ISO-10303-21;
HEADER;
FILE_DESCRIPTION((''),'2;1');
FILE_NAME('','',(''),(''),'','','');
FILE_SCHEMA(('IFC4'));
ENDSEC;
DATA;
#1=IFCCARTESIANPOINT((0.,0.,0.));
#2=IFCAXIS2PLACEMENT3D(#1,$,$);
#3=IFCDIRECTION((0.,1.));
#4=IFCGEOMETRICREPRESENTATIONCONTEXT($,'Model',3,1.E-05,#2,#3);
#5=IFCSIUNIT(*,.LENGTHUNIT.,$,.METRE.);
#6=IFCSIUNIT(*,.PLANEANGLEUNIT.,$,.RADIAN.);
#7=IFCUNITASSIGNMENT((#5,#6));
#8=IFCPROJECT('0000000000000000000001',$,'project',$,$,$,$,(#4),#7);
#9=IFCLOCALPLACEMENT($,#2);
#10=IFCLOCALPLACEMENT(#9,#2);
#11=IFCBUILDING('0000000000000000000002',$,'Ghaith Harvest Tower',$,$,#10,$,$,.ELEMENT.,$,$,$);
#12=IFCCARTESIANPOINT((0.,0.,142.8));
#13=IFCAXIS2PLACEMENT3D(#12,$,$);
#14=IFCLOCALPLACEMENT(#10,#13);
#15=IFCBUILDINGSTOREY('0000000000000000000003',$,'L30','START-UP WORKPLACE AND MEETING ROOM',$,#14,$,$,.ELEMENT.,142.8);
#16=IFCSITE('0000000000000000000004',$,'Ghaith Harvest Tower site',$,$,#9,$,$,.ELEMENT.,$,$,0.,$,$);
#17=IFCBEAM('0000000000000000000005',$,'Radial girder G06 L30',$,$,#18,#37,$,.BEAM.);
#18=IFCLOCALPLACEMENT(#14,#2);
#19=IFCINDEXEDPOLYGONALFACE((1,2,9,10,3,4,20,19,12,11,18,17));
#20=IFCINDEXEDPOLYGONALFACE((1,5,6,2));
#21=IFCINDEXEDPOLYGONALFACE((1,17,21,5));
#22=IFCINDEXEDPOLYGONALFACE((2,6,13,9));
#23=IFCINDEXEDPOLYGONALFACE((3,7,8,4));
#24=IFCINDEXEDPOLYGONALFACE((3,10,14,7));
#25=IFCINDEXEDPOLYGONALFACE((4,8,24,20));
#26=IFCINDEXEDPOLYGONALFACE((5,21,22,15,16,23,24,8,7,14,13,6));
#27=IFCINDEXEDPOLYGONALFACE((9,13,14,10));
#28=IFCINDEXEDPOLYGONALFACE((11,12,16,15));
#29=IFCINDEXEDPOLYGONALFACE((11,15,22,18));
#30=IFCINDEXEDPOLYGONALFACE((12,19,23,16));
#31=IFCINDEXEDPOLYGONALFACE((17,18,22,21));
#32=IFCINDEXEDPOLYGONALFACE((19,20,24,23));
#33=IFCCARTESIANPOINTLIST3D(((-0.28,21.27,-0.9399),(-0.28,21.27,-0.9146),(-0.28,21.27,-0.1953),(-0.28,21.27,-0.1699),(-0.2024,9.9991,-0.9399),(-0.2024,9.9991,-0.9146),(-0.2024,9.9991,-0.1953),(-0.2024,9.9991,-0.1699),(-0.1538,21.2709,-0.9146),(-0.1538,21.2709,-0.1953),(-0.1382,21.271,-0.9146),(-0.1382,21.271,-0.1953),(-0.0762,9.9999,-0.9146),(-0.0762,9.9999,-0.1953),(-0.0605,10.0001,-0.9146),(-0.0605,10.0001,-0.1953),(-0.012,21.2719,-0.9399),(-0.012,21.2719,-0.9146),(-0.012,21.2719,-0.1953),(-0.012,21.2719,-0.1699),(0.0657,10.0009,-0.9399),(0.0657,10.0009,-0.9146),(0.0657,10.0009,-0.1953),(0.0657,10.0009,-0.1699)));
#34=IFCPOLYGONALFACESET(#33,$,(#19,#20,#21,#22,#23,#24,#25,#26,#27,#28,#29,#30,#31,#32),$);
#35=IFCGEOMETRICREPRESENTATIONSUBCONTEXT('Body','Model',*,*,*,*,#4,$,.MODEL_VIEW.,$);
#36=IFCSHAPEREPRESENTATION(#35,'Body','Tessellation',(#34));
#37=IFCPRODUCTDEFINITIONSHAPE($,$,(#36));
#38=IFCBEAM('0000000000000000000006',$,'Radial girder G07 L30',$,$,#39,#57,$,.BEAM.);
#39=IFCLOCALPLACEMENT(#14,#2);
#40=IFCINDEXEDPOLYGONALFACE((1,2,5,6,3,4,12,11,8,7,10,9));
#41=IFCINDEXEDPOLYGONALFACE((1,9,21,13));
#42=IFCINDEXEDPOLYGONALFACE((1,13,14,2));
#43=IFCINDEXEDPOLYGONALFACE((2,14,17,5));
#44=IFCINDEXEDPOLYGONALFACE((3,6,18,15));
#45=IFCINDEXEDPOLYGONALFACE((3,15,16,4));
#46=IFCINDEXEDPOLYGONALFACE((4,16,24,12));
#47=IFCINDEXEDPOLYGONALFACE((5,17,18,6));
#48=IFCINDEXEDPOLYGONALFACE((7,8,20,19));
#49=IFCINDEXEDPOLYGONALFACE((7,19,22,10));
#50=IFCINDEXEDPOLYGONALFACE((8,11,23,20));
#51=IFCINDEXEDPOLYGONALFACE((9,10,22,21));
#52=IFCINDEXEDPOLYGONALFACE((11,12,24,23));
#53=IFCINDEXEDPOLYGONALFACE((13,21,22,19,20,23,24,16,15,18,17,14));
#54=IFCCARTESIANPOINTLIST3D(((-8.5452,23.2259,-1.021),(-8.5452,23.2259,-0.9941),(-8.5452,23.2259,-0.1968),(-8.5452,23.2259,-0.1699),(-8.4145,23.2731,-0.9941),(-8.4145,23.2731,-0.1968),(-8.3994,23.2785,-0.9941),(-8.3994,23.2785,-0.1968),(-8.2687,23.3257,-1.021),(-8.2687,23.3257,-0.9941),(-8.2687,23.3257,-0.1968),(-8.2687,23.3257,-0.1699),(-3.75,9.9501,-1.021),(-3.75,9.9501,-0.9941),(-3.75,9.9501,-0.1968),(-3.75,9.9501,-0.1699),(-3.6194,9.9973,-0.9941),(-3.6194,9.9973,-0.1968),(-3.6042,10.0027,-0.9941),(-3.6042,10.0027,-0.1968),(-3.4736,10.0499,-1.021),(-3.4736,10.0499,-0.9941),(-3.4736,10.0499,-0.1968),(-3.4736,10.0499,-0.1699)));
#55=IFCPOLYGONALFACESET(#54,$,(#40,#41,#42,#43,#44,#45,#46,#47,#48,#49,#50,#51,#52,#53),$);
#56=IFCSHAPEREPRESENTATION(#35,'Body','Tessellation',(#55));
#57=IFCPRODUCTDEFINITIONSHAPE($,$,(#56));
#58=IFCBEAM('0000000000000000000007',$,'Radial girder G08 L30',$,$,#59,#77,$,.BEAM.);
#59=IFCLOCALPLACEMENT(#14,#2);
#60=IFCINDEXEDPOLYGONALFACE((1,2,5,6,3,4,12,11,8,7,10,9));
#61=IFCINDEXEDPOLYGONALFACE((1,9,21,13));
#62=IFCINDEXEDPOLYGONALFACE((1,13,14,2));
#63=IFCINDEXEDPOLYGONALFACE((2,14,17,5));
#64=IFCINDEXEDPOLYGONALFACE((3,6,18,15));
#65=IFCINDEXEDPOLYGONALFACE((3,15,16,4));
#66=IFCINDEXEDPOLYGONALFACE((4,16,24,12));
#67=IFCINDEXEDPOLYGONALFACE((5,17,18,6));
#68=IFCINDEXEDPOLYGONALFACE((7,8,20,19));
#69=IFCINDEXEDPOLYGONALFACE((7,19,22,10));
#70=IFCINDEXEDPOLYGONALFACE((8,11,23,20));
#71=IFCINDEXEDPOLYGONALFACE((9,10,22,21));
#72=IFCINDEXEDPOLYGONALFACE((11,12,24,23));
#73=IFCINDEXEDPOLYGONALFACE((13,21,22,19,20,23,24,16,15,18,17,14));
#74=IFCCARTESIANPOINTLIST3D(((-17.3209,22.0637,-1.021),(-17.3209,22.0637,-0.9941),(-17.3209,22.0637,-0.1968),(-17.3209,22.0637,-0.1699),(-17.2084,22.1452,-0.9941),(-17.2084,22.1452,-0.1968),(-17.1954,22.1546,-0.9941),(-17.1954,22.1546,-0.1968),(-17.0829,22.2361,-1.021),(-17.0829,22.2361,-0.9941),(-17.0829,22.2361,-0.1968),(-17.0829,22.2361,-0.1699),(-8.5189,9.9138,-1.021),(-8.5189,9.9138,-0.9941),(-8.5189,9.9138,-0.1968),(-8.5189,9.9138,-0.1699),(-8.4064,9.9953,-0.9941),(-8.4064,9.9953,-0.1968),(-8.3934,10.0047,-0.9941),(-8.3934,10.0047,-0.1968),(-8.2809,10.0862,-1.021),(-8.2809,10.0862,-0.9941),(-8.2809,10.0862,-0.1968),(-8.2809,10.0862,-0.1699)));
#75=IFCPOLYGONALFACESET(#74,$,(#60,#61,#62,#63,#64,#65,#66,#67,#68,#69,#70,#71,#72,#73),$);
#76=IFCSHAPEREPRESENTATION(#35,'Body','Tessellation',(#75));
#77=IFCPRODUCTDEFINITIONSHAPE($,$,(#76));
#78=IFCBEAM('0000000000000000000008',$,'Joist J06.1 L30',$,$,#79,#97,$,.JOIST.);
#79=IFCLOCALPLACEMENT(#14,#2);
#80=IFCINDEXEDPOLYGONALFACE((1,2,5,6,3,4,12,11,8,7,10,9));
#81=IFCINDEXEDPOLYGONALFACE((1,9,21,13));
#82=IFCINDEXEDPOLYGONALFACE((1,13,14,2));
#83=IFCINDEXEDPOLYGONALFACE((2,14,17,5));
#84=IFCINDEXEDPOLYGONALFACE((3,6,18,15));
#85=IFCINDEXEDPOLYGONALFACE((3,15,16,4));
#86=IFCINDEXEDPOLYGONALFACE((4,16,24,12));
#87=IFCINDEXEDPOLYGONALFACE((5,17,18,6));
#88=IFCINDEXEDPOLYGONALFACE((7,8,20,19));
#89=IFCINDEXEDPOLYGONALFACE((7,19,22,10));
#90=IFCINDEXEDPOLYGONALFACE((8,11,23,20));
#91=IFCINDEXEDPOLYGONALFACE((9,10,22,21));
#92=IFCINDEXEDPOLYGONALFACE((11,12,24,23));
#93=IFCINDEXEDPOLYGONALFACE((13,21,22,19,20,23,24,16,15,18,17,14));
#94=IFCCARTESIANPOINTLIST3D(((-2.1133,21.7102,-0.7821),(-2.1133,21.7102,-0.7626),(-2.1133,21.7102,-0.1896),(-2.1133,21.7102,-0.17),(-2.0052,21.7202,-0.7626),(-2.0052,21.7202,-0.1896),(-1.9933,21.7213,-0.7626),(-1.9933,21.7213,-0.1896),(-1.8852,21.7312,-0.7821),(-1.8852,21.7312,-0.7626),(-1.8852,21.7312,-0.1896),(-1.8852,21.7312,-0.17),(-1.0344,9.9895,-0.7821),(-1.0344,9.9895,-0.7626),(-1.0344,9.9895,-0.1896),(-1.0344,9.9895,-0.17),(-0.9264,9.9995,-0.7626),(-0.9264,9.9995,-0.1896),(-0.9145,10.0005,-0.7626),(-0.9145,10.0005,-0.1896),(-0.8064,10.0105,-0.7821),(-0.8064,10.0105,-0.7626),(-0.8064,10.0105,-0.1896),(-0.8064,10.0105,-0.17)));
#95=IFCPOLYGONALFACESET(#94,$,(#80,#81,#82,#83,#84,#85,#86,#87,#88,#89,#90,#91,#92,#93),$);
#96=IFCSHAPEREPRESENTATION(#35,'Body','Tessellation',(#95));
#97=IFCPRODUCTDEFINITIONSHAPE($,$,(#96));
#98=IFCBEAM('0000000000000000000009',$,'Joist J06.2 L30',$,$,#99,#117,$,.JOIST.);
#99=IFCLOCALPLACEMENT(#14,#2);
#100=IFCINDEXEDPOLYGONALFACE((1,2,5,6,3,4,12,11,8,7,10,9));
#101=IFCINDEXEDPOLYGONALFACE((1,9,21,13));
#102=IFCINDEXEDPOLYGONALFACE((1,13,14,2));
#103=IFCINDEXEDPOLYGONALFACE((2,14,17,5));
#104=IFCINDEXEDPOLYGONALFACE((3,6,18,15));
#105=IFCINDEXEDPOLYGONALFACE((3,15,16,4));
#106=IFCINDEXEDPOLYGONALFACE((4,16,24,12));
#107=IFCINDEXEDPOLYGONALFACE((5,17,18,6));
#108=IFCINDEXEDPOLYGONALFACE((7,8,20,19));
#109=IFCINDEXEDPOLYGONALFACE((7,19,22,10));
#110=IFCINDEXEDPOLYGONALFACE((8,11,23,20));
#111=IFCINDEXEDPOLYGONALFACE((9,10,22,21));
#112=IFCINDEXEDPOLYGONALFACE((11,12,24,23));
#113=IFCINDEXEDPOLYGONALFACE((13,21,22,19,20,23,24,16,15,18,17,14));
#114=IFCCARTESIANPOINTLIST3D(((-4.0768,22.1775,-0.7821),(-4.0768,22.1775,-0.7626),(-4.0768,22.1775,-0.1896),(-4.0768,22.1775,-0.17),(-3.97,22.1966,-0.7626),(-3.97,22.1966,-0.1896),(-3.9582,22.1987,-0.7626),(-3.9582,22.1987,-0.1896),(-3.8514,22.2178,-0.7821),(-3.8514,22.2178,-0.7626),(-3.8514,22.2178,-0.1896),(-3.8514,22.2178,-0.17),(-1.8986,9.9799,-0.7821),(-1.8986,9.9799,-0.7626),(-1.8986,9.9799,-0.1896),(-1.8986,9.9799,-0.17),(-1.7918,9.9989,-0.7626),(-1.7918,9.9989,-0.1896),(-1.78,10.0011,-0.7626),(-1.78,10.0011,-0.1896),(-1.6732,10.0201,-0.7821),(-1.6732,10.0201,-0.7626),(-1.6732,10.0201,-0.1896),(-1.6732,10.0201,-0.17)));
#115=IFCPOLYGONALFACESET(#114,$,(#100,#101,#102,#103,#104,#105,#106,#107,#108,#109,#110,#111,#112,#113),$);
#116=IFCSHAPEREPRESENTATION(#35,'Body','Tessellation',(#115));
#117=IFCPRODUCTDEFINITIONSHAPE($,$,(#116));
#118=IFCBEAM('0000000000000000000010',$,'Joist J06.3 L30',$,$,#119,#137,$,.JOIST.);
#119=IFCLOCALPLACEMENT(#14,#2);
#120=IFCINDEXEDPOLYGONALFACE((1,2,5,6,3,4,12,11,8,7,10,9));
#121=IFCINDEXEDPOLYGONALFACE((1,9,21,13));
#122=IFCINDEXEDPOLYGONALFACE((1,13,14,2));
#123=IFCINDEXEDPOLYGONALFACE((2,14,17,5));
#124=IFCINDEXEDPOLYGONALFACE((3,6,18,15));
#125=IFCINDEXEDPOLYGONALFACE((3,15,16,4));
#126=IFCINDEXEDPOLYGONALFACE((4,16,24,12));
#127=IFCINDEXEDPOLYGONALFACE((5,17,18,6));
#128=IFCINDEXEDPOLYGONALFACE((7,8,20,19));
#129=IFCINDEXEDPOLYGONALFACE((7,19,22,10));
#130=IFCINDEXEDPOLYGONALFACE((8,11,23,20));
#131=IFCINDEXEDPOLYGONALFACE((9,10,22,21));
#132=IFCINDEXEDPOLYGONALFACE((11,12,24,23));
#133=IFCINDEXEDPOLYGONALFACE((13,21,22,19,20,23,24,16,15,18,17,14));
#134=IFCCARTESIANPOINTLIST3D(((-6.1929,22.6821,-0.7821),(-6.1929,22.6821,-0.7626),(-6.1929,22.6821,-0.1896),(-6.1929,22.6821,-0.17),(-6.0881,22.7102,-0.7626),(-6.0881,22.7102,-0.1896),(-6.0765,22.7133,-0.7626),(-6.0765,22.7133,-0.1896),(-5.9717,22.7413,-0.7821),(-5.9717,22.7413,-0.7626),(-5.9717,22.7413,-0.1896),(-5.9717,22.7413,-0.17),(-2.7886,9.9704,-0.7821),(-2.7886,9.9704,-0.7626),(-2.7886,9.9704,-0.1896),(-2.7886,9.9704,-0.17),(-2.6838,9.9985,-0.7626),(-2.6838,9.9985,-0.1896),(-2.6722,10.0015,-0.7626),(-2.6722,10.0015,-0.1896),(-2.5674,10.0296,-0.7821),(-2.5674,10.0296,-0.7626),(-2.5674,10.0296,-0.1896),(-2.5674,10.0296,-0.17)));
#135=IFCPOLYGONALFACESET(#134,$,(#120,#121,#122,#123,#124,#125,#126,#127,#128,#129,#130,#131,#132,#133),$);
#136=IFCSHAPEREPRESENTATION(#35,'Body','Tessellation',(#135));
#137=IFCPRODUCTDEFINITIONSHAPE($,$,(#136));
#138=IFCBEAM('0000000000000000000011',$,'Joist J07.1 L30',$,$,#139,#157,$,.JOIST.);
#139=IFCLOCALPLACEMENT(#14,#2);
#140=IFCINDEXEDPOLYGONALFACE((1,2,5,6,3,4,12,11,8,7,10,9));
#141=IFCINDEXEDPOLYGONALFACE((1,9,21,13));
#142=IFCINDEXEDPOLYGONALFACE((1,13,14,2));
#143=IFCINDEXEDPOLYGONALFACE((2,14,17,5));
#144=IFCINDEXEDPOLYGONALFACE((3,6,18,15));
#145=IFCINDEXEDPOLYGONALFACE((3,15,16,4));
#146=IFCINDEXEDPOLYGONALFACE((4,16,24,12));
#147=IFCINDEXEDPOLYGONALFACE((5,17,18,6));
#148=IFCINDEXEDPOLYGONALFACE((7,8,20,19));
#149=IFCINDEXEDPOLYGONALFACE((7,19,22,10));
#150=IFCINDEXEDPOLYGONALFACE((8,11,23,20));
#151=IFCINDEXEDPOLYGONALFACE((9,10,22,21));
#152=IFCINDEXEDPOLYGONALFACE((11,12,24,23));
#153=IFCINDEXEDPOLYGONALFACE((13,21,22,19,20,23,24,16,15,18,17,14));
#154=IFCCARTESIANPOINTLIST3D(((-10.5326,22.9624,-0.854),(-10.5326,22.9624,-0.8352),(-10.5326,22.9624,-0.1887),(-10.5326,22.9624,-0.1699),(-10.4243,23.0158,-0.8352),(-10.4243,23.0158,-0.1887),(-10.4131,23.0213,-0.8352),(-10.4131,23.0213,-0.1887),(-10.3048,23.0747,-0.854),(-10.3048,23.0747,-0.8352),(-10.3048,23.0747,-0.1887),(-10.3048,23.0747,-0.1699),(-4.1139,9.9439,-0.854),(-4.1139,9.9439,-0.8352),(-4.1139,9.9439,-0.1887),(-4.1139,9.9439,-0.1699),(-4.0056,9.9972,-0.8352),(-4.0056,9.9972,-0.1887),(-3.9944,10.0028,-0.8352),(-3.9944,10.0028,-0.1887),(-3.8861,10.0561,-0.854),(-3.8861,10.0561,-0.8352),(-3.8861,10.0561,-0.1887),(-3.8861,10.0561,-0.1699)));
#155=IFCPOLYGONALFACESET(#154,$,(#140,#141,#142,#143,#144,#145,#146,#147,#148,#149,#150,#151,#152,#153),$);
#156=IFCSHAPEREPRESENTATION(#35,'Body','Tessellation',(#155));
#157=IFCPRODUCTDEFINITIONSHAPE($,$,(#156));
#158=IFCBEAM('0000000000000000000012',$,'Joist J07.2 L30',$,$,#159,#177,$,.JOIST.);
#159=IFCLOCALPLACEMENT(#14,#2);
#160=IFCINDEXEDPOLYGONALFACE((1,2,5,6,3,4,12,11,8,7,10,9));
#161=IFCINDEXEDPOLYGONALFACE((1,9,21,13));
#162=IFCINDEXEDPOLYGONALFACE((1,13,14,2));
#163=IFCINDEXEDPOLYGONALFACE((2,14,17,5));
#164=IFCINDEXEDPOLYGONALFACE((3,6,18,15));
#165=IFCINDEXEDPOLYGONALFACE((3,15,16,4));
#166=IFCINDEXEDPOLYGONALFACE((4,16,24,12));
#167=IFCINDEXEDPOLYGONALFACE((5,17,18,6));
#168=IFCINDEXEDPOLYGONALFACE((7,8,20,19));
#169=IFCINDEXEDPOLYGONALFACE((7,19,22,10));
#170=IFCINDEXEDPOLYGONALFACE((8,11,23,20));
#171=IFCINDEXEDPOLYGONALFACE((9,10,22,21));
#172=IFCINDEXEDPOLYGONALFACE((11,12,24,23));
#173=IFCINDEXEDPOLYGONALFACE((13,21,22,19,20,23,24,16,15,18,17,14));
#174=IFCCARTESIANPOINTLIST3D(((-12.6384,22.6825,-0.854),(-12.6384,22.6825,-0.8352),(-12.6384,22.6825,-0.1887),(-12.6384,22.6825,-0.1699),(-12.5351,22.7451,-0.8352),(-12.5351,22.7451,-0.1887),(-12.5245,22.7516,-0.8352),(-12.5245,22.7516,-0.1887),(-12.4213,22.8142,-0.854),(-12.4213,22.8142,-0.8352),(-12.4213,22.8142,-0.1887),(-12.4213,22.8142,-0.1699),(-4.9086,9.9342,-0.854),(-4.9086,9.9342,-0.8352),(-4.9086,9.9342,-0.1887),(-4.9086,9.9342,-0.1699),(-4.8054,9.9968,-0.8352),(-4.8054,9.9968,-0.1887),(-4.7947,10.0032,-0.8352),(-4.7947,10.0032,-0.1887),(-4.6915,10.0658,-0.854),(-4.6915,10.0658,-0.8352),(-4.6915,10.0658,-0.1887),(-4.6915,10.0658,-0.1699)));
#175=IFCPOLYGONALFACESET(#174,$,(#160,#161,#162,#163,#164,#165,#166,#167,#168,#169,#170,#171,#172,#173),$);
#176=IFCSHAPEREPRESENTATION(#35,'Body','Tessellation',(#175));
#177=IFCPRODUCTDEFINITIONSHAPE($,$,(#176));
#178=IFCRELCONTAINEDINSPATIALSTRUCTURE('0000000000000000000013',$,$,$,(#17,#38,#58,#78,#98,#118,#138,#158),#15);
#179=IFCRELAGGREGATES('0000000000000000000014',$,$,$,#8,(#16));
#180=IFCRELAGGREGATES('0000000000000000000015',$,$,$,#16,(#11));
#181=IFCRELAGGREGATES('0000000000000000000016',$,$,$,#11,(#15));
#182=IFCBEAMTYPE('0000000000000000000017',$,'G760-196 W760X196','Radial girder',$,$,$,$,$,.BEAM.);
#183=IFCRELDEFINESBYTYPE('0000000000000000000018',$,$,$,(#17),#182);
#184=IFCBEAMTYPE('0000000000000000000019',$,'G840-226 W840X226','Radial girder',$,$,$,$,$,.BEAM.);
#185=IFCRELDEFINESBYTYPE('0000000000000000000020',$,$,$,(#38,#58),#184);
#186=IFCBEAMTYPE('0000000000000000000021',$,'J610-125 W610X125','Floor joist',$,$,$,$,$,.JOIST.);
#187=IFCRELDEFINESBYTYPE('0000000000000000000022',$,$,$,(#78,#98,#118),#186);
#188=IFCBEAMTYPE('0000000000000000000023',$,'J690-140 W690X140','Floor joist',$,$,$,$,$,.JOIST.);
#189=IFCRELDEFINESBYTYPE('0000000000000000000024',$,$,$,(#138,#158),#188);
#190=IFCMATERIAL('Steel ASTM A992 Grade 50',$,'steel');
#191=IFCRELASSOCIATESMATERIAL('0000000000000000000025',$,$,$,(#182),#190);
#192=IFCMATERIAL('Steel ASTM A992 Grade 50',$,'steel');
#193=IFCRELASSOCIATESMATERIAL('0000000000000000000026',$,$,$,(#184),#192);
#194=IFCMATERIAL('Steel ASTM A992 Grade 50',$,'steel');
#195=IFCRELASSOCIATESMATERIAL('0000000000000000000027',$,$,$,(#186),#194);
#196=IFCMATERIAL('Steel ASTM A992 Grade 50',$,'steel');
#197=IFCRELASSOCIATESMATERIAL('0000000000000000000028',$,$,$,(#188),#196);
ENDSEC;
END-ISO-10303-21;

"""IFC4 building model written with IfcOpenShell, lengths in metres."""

from ifc_helpers import new_model, si_unit, direction, frame, origin, origin_2d, place, context, subcontext, project, spatial, i_section, extrude, material, material_profile, profile_set, type_object, element, save


model = new_model("IFC4")

# Units and contexts
model_context = context("Model", 3, precision=1e-05, world=origin(), true_north=direction((0.0, 1.0)))
body_context = subcontext(model_context, "Body", "Model", "MODEL_VIEW")
ifc_project = project(units=[si_unit("LENGTHUNIT", "METRE"), si_unit("PLANEANGLEUNIT", "RADIAN")], contexts=[model_context])

# Site, building, storey
site_placement = place(None, origin())
site = spatial("IfcSite", under=ifc_project, at=site_placement, Name="Ghaith Harvest Tower site", CompositionType="ELEMENT", RefElevation=0.0)
building_placement = place(site_placement, origin())
building = spatial("IfcBuilding", under=site, at=building_placement, Name="Ghaith Harvest Tower", CompositionType="ELEMENT")
storey_placement = place(building_placement, frame((0.0, 0.0, 142.8)))
storey = spatial("IfcBuildingStorey", under=building, at=storey_placement, Name="L30", Description="START-UP WORKPLACE AND MEETING ROOM", CompositionType="ELEMENT", Elevation=142.8)

# Beams
ifc_material_1 = material(Name="Steel ASTM A992 Grade 50", Category="steel")
ifc_material_profile_1 = material_profile(ifc_material_1, i_section(OverallWidth=0.2681, OverallDepth=0.77, WebThickness=0.0156, FlangeThickness=0.0254, at=origin_2d()), Name="W760X196")
ifc_profile_set_1 = profile_set([ifc_material_profile_1], Name="Steel ASTM A992 Grade 50")
beam_type_1 = type_object("IfcBeamType", Name="G760-196 W760X196", Description="Radial girder", PredefinedType="BEAM", material=ifc_profile_set_1)
beam_1_placement = place(storey_placement, frame((-0.0684, 10.0, -0.5549), z_axis=(-0.006888, 0.999976, 0.0), x_axis=(-0.999976, -0.006888, 0.0)))
element("IfcBeam", 1, at=beam_1_placement, inside=storey, type_object=beam_type_1, Name="Radial girder G06 L30", PredefinedType="BEAM", context=body_context, shape_type="SweptSolid", body=[
    extrude(i_section(OverallWidth=0.2681, OverallDepth=0.77, WebThickness=0.0156, FlangeThickness=0.0254, at=origin_2d()), origin(), (0.0, 0.0, 1.0), 11.2712),
])
ifc_material_2 = material(Name="Steel ASTM A992 Grade 50", Category="steel")
ifc_material_profile_2 = material_profile(ifc_material_2, i_section(OverallWidth=0.2939, OverallDepth=0.8511, WebThickness=0.0161, FlangeThickness=0.0269, at=origin_2d()), Name="W840X226")
ifc_profile_set_2 = profile_set([ifc_material_profile_2], Name="Steel ASTM A992 Grade 50")
beam_type_2 = type_object("IfcBeamType", Name="G840-226 W840X226", Description="Radial girder", PredefinedType="BEAM", material=ifc_profile_set_2)
beam_2_placement = place(storey_placement, frame((-3.6118, 10.0, -0.5955), z_axis=(-0.339713, 0.940529, 0.0), x_axis=(-0.940529, -0.339713, 0.0)))
element("IfcBeam", 2, at=beam_2_placement, inside=storey, type_object=beam_type_2, Name="Radial girder G07 L30", PredefinedType="BEAM", context=body_context, shape_type="SweptSolid", body=[
    extrude(i_section(OverallWidth=0.2939, OverallDepth=0.8511, WebThickness=0.0161, FlangeThickness=0.0269, at=origin_2d()), origin(), (0.0, 0.0, 1.0), 14.1152),
])
beam_3_placement = place(storey_placement, frame((-8.3999, 10.0, -0.5955), z_axis=(-0.586676, 0.809822, 0.0), x_axis=(-0.809822, -0.586676, 0.0)))
element("IfcBeam", 3, at=beam_3_placement, inside=storey, type_object=beam_type_2, Name="Radial girder G08 L30", PredefinedType="BEAM", context=body_context, shape_type="SweptSolid", body=[
    extrude(i_section(OverallWidth=0.2939, OverallDepth=0.8511, WebThickness=0.0161, FlangeThickness=0.0269, at=origin_2d()), origin(), (0.0, 0.0, 1.0), 15.0032),
])
ifc_material_3 = material(Name="Steel ASTM A992 Grade 50", Category="steel")
ifc_material_profile_3 = material_profile(ifc_material_3, i_section(OverallWidth=0.229, OverallDepth=0.6121, WebThickness=0.012, FlangeThickness=0.0195, at=origin_2d()), Name="W610X125")
ifc_profile_set_3 = profile_set([ifc_material_profile_3], Name="Steel ASTM A992 Grade 50")
beam_type_3 = type_object("IfcBeamType", Name="J610-125 W610X125", Description="Floor joist", PredefinedType="JOIST", material=ifc_profile_set_3)
beam_4_placement = place(storey_placement, frame((-0.9204, 10.0, -0.4761), z_axis=(-0.09166, 0.99579, 0.0), x_axis=(-0.99579, -0.09166, 0.0)))
element("IfcBeam", 4, at=beam_4_placement, inside=storey, type_object=beam_type_3, Name="Joist J06.1 L30", PredefinedType="JOIST", context=body_context, shape_type="SweptSolid", body=[
    extrude(i_section(OverallWidth=0.229, OverallDepth=0.6121, WebThickness=0.012, FlangeThickness=0.0195, at=origin_2d()), origin(), (0.0, 0.0, 1.0), 11.7703),
])
beam_5_placement = place(storey_placement, frame((-1.7859, 10.0, -0.4761), z_axis=(-0.175795, 0.984427, 0.0), x_axis=(-0.984427, -0.175795, 0.0)))
element("IfcBeam", 5, at=beam_5_placement, inside=storey, type_object=beam_type_3, Name="Joist J06.2 L30", PredefinedType="JOIST", context=body_context, shape_type="SweptSolid", body=[
    extrude(i_section(OverallWidth=0.229, OverallDepth=0.6121, WebThickness=0.012, FlangeThickness=0.0195, at=origin_2d()), origin(), (0.0, 0.0, 1.0), 12.3906),
])
beam_6_placement = place(storey_placement, frame((-2.678, 10.0, -0.4761), z_axis=(-0.258693, 0.96596, 0.0), x_axis=(-0.96596, -0.258693, 0.0)))
element("IfcBeam", 6, at=beam_6_placement, inside=storey, type_object=beam_type_3, Name="Joist J06.3 L30", PredefinedType="JOIST", context=body_context, shape_type="SweptSolid", body=[
    extrude(i_section(OverallWidth=0.229, OverallDepth=0.6121, WebThickness=0.012, FlangeThickness=0.0195, at=origin_2d()), origin(), (0.0, 0.0, 1.0), 13.1597),
])
ifc_material_4 = material(Name="Steel ASTM A992 Grade 50", Category="steel")
ifc_material_profile_4 = material_profile(ifc_material_4, i_section(OverallWidth=0.2539, OverallDepth=0.6841, WebThickness=0.0125, FlangeThickness=0.0188, at=origin_2d()), Name="W690X140")
ifc_profile_set_4 = profile_set([ifc_material_profile_4], Name="Steel ASTM A992 Grade 50")
beam_type_4 = type_object("IfcBeamType", Name="J690-140 W690X140", Description="Floor joist", PredefinedType="JOIST", material=ifc_profile_set_4)
beam_7_placement = place(storey_placement, frame((-4.0, 10.0, -0.512), z_axis=(-0.442214, 0.896909, 0.0), x_axis=(-0.896909, -0.442214, 0.0)))
element("IfcBeam", 7, at=beam_7_placement, inside=storey, type_object=beam_type_4, Name="Joist J07.1 L30", PredefinedType="JOIST", context=body_context, shape_type="SweptSolid", body=[
    extrude(i_section(OverallWidth=0.2539, OverallDepth=0.6841, WebThickness=0.0125, FlangeThickness=0.0188, at=origin_2d()), origin(), (0.0, 0.0, 1.0), 14.5149),
])
beam_8_placement = place(storey_placement, frame((-4.8, 10.0, -0.512), z_axis=(-0.518473, 0.855094, 0.0), x_axis=(-0.855094, -0.518473, 0.0)))
element("IfcBeam", 8, at=beam_8_placement, inside=storey, type_object=beam_type_4, Name="Joist J07.2 L30", PredefinedType="JOIST", context=body_context, shape_type="SweptSolid", body=[
    extrude(i_section(OverallWidth=0.2539, OverallDepth=0.6841, WebThickness=0.0125, FlangeThickness=0.0188, at=origin_2d()), origin(), (0.0, 0.0, 1.0), 14.9087),
])

save(model, "model.ifc")
